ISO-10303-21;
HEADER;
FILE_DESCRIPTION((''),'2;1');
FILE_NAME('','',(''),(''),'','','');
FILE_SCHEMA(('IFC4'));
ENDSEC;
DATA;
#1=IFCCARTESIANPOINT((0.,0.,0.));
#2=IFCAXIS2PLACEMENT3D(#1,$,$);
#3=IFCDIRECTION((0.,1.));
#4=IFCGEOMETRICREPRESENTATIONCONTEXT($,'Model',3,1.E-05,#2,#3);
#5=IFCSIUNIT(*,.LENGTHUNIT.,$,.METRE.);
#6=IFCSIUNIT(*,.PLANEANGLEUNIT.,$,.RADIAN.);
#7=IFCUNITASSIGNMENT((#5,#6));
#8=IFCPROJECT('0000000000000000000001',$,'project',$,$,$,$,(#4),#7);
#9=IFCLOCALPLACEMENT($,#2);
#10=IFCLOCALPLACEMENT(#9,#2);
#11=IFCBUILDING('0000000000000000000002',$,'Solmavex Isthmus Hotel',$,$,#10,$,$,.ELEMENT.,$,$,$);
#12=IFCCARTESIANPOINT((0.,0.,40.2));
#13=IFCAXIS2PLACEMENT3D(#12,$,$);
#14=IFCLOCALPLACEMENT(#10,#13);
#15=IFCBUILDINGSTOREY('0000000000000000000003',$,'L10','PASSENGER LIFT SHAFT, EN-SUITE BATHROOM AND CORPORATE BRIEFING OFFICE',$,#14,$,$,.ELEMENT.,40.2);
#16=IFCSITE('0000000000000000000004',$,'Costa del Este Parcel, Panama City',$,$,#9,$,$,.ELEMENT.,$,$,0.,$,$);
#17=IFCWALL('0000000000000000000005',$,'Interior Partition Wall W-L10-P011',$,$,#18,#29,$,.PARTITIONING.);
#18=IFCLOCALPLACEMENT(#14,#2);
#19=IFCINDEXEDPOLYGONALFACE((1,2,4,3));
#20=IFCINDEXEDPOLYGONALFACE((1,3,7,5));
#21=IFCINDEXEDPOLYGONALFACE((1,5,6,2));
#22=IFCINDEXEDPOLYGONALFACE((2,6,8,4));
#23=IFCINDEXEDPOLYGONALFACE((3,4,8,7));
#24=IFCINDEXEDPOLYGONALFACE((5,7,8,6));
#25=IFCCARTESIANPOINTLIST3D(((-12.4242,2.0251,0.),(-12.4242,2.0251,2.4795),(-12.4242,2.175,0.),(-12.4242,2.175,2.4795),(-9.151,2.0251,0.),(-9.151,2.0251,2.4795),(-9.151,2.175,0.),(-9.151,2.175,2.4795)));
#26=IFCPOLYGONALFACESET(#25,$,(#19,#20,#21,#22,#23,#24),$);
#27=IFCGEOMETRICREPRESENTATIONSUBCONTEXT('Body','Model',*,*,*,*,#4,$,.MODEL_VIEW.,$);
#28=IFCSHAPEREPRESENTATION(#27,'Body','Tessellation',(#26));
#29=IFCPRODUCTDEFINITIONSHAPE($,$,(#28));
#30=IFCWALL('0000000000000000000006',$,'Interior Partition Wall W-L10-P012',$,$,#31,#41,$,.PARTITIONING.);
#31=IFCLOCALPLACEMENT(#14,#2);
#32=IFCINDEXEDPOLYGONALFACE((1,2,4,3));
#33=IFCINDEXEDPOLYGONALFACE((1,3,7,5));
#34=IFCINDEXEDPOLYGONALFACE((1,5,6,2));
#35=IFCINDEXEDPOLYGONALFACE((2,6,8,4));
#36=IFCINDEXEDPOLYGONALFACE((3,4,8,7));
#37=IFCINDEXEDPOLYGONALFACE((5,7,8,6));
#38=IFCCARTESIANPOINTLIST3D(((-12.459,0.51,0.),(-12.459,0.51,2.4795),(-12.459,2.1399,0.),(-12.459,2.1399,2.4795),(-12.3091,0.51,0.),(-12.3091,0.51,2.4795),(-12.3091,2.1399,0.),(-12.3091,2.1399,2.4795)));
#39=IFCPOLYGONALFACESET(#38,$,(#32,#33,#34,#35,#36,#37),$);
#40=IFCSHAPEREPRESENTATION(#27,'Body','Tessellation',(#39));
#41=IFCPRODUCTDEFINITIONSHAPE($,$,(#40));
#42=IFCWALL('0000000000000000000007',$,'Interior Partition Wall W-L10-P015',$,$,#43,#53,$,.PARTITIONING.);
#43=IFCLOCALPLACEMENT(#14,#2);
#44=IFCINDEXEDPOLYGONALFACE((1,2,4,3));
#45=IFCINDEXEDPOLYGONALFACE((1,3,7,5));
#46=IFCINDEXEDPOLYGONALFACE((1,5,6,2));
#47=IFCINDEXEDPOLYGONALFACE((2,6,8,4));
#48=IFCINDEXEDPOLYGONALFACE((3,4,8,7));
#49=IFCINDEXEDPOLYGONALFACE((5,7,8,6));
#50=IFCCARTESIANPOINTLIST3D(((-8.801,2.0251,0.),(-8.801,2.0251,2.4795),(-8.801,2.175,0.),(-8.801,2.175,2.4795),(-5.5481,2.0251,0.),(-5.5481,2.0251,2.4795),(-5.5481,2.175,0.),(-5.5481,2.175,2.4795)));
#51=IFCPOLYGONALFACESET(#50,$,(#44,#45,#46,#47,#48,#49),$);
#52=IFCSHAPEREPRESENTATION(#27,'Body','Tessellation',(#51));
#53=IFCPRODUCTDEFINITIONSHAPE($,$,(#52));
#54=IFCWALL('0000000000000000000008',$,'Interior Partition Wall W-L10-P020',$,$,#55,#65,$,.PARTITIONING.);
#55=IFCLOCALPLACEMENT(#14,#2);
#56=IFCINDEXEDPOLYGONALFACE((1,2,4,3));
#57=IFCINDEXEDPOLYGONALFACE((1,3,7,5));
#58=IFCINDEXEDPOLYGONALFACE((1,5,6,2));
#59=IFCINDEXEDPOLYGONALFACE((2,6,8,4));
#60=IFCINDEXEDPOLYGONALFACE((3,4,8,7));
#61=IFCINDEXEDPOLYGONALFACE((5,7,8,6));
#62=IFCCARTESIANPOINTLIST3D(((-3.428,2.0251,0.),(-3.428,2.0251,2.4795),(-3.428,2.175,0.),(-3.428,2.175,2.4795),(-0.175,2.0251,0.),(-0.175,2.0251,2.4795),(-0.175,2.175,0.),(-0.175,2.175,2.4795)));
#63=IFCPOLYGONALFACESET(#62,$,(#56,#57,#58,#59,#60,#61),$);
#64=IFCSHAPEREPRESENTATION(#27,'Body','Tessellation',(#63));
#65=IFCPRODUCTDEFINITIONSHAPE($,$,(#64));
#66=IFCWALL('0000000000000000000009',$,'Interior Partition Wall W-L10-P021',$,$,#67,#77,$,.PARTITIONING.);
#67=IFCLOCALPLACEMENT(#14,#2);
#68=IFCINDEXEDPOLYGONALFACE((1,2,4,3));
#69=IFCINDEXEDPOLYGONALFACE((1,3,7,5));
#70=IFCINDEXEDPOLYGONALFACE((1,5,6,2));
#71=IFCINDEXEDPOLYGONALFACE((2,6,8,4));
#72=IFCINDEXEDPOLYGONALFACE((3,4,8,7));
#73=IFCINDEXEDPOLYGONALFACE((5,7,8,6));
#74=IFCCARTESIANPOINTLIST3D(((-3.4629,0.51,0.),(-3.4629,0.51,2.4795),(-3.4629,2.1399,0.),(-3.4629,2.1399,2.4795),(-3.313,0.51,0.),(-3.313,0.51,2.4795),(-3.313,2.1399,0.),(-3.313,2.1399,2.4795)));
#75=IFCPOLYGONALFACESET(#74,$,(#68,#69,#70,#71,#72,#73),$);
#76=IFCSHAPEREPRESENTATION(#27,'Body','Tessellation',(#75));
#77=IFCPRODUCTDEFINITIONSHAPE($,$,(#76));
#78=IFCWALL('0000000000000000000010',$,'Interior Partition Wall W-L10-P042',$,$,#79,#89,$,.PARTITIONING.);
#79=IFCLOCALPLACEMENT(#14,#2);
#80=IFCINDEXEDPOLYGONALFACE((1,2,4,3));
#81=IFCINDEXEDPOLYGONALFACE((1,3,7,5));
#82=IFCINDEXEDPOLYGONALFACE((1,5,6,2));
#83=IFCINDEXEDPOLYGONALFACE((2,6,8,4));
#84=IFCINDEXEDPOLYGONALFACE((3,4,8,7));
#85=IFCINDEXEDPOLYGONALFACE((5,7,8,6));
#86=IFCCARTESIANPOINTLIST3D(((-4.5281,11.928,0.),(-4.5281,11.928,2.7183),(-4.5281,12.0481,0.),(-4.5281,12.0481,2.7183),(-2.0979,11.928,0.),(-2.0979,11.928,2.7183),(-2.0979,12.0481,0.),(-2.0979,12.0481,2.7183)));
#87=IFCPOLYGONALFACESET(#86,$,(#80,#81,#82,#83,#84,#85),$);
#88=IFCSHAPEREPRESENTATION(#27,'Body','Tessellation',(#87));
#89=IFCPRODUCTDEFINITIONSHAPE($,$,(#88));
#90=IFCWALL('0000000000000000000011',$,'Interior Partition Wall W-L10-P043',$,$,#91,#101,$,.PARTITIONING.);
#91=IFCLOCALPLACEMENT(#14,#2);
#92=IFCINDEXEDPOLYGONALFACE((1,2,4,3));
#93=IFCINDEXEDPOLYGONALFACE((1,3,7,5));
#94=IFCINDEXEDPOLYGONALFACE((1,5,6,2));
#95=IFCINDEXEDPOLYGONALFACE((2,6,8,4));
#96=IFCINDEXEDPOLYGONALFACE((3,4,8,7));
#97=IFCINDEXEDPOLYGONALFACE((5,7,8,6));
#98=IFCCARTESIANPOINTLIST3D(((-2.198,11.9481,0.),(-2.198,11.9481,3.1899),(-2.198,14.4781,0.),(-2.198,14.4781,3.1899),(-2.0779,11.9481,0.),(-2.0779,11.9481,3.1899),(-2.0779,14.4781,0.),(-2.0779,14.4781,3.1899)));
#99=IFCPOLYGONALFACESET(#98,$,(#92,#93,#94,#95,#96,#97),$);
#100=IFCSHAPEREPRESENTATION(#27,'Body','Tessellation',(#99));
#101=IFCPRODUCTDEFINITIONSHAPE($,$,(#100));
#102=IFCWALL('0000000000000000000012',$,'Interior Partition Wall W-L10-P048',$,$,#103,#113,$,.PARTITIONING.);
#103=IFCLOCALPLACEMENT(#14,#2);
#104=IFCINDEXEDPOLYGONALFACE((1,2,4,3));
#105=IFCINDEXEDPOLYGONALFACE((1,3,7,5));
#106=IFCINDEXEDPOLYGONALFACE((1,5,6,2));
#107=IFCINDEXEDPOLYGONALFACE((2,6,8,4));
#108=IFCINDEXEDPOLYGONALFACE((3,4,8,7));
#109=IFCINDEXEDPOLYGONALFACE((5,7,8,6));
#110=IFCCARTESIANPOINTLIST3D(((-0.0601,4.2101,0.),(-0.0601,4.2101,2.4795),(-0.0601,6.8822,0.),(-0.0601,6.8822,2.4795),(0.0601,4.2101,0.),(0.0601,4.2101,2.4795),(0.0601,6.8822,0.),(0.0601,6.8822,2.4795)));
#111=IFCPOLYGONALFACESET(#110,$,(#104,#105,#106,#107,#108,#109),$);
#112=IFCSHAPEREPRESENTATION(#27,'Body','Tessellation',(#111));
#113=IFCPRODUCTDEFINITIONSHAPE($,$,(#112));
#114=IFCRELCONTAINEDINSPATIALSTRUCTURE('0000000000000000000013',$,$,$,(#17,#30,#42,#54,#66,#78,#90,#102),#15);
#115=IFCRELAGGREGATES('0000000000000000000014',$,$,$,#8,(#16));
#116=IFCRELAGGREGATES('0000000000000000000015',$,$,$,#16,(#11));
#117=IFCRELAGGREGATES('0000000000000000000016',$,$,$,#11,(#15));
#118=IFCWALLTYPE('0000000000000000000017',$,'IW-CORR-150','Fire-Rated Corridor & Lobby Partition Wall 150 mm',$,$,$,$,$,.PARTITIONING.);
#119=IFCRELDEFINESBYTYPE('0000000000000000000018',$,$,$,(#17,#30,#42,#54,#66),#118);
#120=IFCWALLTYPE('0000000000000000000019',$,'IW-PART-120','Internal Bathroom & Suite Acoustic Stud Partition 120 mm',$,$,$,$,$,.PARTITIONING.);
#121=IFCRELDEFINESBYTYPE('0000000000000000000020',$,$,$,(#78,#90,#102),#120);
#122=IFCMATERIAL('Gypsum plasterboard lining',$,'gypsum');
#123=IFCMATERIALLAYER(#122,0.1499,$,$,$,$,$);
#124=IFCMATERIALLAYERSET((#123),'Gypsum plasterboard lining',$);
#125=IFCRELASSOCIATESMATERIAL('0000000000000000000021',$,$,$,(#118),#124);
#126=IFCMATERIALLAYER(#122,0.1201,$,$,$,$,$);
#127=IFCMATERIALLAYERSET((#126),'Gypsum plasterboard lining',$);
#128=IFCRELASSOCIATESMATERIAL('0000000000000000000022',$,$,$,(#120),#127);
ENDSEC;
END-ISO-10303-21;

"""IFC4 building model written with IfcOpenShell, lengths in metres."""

from ifc_helpers import new_model, si_unit, direction, frame, frame_2d, origin, place, context, subcontext, project, spatial, rectangle, extrude, material, layer, layer_set, type_object, element, save


model = new_model("IFC4")

# Units and contexts
model_context = context("Model", 3, precision=1e-05, world=origin(), true_north=direction((0.0, 1.0)))
body_context = subcontext(model_context, "Body", "Model", "MODEL_VIEW")
ifc_project = project(units=[si_unit("LENGTHUNIT", "METRE"), si_unit("PLANEANGLEUNIT", "RADIAN")], contexts=[model_context])

# Site, building, storey
site_placement = place(None, origin())
site = spatial("IfcSite", under=ifc_project, at=site_placement, Name="Costa del Este Parcel, Panama City", CompositionType="ELEMENT", RefElevation=0.0)
building_placement = place(site_placement, origin())
building = spatial("IfcBuilding", under=site, at=building_placement, Name="Solmavex Isthmus Hotel", CompositionType="ELEMENT")
storey_placement = place(building_placement, frame((0.0, 0.0, 40.2)))
storey = spatial("IfcBuildingStorey", under=building, at=storey_placement, Name="L10", Description="PASSENGER LIFT SHAFT, EN-SUITE BATHROOM AND CORPORATE BRIEFING OFFICE", CompositionType="ELEMENT", Elevation=40.2)

# Shared definitions
ifc_material_1 = material(Name="Gypsum plasterboard lining", Category="gypsum")

# Shared definitions
ifc_layer_1 = layer(ifc_material_1, 0.1499)
ifc_layer_set_1 = layer_set([ifc_layer_1], Name="Gypsum plasterboard lining")
wall_type_1 = type_object("IfcWallType", Name="IW-CORR-150", Description="Fire-Rated Corridor & Lobby Partition Wall 150 mm", PredefinedType="PARTITIONING", material=ifc_layer_set_1)

# Walls
wall_1_placement = place(storey_placement, frame((-9.1509, 2.1001, 0.0), z_axis=(0.0, 0.0, 1.0), x_axis=(-1.0, 0.0, 0.0)))
element("IfcWall", 1, at=wall_1_placement, inside=storey, type_object=wall_type_1, Name="Interior Partition Wall W-L10-P011", PredefinedType="PARTITIONING", context=body_context, shape_type="SweptSolid", body=[
    extrude(rectangle(XDim=3.2732, YDim=0.1499, at=frame_2d((1.6367, 0.0))), origin(), (0.0, 0.0, 1.0), 2.4795),
])
wall_2_placement = place(storey_placement, frame((-12.384, 2.1399, 0.0), z_axis=(0.0, 0.0, 1.0), x_axis=(0.0, -1.0, 0.0)))
element("IfcWall", 2, at=wall_2_placement, inside=storey, type_object=wall_type_1, Name="Interior Partition Wall W-L10-P012", PredefinedType="PARTITIONING", context=body_context, shape_type="SweptSolid", body=[
    extrude(rectangle(XDim=1.6299, YDim=0.1499, at=frame_2d((0.8149, 0.0))), origin(), (0.0, 0.0, 1.0), 2.4795),
])
for number, where, z_axis, x_axis, name in (
    (3, (-5.5481, 2.1001, 0.0), (0.0, 0.0, 1.0), (-1.0, 0.0, 0.0), "Interior Partition Wall W-L10-P015"),
    (4, (-0.175, 2.1001, 0.0), (0.0, 0.0, 1.0), (-1.0, 0.0, 0.0), "Interior Partition Wall W-L10-P020"),
):
    element("IfcWall", number, at=place(storey_placement, frame(where, z_axis=z_axis, x_axis=x_axis)), inside=storey, type_object=wall_type_1, Name=name, PredefinedType="PARTITIONING", context=body_context, shape_type="SweptSolid", body=[
        extrude(rectangle(XDim=3.2529, YDim=0.1499, at=frame_2d((1.6265, 0.0))), origin(), (0.0, 0.0, 1.0), 2.4795),
    ])
wall_3_placement = place(storey_placement, frame((-3.3879, 2.1399, 0.0), z_axis=(0.0, 0.0, 1.0), x_axis=(0.0, -1.0, 0.0)))
element("IfcWall", 5, at=wall_3_placement, inside=storey, type_object=wall_type_1, Name="Interior Partition Wall W-L10-P021", PredefinedType="PARTITIONING", context=body_context, shape_type="SweptSolid", body=[
    extrude(rectangle(XDim=1.6299, YDim=0.1499, at=frame_2d((0.8149, 0.0))), origin(), (0.0, 0.0, 1.0), 2.4795),
])
ifc_layer_2 = layer(ifc_material_1, 0.1201)
ifc_layer_set_2 = layer_set([ifc_layer_2], Name="Gypsum plasterboard lining")
wall_type_2 = type_object("IfcWallType", Name="IW-PART-120", Description="Internal Bathroom & Suite Acoustic Stud Partition 120 mm", PredefinedType="PARTITIONING", material=ifc_layer_set_2)
wall_4_placement = place(storey_placement, frame((-4.5281, 11.988, 0.0), z_axis=(0.0, 0.0, 1.0), x_axis=(1.0, 0.0, 0.0)))
element("IfcWall", 6, at=wall_4_placement, inside=storey, type_object=wall_type_2, Name="Interior Partition Wall W-L10-P042", PredefinedType="PARTITIONING", context=body_context, shape_type="SweptSolid", body=[
    extrude(rectangle(XDim=2.4302, YDim=0.1201, at=frame_2d((1.2151, 0.0))), origin(), (0.0, 0.0, 1.0), 2.7183),
])
wall_5_placement = place(storey_placement, frame((-2.1379, 11.948, 0.0), z_axis=(0.0, 0.0, 1.0), x_axis=(0.0, 1.0, 0.0)))
element("IfcWall", 7, at=wall_5_placement, inside=storey, type_object=wall_type_2, Name="Interior Partition Wall W-L10-P043", PredefinedType="PARTITIONING", context=body_context, shape_type="SweptSolid", body=[
    extrude(rectangle(XDim=2.53, YDim=0.1201, at=frame_2d((1.2651, 0.0))), origin(), (0.0, 0.0, 1.0), 3.1899),
])
wall_6_placement = place(storey_placement, frame((0.0, 6.8821, 0.0), z_axis=(0.0, 0.0, 1.0), x_axis=(0.0, -1.0, 0.0)))
element("IfcWall", 8, at=wall_6_placement, inside=storey, type_object=wall_type_2, Name="Interior Partition Wall W-L10-P048", PredefinedType="PARTITIONING", context=body_context, shape_type="SweptSolid", body=[
    extrude(rectangle(XDim=2.6721, YDim=0.1201, at=frame_2d((1.3359, 0.0))), origin(), (0.0, 0.0, 1.0), 2.4795),
])

save(model, "model.ifc")
